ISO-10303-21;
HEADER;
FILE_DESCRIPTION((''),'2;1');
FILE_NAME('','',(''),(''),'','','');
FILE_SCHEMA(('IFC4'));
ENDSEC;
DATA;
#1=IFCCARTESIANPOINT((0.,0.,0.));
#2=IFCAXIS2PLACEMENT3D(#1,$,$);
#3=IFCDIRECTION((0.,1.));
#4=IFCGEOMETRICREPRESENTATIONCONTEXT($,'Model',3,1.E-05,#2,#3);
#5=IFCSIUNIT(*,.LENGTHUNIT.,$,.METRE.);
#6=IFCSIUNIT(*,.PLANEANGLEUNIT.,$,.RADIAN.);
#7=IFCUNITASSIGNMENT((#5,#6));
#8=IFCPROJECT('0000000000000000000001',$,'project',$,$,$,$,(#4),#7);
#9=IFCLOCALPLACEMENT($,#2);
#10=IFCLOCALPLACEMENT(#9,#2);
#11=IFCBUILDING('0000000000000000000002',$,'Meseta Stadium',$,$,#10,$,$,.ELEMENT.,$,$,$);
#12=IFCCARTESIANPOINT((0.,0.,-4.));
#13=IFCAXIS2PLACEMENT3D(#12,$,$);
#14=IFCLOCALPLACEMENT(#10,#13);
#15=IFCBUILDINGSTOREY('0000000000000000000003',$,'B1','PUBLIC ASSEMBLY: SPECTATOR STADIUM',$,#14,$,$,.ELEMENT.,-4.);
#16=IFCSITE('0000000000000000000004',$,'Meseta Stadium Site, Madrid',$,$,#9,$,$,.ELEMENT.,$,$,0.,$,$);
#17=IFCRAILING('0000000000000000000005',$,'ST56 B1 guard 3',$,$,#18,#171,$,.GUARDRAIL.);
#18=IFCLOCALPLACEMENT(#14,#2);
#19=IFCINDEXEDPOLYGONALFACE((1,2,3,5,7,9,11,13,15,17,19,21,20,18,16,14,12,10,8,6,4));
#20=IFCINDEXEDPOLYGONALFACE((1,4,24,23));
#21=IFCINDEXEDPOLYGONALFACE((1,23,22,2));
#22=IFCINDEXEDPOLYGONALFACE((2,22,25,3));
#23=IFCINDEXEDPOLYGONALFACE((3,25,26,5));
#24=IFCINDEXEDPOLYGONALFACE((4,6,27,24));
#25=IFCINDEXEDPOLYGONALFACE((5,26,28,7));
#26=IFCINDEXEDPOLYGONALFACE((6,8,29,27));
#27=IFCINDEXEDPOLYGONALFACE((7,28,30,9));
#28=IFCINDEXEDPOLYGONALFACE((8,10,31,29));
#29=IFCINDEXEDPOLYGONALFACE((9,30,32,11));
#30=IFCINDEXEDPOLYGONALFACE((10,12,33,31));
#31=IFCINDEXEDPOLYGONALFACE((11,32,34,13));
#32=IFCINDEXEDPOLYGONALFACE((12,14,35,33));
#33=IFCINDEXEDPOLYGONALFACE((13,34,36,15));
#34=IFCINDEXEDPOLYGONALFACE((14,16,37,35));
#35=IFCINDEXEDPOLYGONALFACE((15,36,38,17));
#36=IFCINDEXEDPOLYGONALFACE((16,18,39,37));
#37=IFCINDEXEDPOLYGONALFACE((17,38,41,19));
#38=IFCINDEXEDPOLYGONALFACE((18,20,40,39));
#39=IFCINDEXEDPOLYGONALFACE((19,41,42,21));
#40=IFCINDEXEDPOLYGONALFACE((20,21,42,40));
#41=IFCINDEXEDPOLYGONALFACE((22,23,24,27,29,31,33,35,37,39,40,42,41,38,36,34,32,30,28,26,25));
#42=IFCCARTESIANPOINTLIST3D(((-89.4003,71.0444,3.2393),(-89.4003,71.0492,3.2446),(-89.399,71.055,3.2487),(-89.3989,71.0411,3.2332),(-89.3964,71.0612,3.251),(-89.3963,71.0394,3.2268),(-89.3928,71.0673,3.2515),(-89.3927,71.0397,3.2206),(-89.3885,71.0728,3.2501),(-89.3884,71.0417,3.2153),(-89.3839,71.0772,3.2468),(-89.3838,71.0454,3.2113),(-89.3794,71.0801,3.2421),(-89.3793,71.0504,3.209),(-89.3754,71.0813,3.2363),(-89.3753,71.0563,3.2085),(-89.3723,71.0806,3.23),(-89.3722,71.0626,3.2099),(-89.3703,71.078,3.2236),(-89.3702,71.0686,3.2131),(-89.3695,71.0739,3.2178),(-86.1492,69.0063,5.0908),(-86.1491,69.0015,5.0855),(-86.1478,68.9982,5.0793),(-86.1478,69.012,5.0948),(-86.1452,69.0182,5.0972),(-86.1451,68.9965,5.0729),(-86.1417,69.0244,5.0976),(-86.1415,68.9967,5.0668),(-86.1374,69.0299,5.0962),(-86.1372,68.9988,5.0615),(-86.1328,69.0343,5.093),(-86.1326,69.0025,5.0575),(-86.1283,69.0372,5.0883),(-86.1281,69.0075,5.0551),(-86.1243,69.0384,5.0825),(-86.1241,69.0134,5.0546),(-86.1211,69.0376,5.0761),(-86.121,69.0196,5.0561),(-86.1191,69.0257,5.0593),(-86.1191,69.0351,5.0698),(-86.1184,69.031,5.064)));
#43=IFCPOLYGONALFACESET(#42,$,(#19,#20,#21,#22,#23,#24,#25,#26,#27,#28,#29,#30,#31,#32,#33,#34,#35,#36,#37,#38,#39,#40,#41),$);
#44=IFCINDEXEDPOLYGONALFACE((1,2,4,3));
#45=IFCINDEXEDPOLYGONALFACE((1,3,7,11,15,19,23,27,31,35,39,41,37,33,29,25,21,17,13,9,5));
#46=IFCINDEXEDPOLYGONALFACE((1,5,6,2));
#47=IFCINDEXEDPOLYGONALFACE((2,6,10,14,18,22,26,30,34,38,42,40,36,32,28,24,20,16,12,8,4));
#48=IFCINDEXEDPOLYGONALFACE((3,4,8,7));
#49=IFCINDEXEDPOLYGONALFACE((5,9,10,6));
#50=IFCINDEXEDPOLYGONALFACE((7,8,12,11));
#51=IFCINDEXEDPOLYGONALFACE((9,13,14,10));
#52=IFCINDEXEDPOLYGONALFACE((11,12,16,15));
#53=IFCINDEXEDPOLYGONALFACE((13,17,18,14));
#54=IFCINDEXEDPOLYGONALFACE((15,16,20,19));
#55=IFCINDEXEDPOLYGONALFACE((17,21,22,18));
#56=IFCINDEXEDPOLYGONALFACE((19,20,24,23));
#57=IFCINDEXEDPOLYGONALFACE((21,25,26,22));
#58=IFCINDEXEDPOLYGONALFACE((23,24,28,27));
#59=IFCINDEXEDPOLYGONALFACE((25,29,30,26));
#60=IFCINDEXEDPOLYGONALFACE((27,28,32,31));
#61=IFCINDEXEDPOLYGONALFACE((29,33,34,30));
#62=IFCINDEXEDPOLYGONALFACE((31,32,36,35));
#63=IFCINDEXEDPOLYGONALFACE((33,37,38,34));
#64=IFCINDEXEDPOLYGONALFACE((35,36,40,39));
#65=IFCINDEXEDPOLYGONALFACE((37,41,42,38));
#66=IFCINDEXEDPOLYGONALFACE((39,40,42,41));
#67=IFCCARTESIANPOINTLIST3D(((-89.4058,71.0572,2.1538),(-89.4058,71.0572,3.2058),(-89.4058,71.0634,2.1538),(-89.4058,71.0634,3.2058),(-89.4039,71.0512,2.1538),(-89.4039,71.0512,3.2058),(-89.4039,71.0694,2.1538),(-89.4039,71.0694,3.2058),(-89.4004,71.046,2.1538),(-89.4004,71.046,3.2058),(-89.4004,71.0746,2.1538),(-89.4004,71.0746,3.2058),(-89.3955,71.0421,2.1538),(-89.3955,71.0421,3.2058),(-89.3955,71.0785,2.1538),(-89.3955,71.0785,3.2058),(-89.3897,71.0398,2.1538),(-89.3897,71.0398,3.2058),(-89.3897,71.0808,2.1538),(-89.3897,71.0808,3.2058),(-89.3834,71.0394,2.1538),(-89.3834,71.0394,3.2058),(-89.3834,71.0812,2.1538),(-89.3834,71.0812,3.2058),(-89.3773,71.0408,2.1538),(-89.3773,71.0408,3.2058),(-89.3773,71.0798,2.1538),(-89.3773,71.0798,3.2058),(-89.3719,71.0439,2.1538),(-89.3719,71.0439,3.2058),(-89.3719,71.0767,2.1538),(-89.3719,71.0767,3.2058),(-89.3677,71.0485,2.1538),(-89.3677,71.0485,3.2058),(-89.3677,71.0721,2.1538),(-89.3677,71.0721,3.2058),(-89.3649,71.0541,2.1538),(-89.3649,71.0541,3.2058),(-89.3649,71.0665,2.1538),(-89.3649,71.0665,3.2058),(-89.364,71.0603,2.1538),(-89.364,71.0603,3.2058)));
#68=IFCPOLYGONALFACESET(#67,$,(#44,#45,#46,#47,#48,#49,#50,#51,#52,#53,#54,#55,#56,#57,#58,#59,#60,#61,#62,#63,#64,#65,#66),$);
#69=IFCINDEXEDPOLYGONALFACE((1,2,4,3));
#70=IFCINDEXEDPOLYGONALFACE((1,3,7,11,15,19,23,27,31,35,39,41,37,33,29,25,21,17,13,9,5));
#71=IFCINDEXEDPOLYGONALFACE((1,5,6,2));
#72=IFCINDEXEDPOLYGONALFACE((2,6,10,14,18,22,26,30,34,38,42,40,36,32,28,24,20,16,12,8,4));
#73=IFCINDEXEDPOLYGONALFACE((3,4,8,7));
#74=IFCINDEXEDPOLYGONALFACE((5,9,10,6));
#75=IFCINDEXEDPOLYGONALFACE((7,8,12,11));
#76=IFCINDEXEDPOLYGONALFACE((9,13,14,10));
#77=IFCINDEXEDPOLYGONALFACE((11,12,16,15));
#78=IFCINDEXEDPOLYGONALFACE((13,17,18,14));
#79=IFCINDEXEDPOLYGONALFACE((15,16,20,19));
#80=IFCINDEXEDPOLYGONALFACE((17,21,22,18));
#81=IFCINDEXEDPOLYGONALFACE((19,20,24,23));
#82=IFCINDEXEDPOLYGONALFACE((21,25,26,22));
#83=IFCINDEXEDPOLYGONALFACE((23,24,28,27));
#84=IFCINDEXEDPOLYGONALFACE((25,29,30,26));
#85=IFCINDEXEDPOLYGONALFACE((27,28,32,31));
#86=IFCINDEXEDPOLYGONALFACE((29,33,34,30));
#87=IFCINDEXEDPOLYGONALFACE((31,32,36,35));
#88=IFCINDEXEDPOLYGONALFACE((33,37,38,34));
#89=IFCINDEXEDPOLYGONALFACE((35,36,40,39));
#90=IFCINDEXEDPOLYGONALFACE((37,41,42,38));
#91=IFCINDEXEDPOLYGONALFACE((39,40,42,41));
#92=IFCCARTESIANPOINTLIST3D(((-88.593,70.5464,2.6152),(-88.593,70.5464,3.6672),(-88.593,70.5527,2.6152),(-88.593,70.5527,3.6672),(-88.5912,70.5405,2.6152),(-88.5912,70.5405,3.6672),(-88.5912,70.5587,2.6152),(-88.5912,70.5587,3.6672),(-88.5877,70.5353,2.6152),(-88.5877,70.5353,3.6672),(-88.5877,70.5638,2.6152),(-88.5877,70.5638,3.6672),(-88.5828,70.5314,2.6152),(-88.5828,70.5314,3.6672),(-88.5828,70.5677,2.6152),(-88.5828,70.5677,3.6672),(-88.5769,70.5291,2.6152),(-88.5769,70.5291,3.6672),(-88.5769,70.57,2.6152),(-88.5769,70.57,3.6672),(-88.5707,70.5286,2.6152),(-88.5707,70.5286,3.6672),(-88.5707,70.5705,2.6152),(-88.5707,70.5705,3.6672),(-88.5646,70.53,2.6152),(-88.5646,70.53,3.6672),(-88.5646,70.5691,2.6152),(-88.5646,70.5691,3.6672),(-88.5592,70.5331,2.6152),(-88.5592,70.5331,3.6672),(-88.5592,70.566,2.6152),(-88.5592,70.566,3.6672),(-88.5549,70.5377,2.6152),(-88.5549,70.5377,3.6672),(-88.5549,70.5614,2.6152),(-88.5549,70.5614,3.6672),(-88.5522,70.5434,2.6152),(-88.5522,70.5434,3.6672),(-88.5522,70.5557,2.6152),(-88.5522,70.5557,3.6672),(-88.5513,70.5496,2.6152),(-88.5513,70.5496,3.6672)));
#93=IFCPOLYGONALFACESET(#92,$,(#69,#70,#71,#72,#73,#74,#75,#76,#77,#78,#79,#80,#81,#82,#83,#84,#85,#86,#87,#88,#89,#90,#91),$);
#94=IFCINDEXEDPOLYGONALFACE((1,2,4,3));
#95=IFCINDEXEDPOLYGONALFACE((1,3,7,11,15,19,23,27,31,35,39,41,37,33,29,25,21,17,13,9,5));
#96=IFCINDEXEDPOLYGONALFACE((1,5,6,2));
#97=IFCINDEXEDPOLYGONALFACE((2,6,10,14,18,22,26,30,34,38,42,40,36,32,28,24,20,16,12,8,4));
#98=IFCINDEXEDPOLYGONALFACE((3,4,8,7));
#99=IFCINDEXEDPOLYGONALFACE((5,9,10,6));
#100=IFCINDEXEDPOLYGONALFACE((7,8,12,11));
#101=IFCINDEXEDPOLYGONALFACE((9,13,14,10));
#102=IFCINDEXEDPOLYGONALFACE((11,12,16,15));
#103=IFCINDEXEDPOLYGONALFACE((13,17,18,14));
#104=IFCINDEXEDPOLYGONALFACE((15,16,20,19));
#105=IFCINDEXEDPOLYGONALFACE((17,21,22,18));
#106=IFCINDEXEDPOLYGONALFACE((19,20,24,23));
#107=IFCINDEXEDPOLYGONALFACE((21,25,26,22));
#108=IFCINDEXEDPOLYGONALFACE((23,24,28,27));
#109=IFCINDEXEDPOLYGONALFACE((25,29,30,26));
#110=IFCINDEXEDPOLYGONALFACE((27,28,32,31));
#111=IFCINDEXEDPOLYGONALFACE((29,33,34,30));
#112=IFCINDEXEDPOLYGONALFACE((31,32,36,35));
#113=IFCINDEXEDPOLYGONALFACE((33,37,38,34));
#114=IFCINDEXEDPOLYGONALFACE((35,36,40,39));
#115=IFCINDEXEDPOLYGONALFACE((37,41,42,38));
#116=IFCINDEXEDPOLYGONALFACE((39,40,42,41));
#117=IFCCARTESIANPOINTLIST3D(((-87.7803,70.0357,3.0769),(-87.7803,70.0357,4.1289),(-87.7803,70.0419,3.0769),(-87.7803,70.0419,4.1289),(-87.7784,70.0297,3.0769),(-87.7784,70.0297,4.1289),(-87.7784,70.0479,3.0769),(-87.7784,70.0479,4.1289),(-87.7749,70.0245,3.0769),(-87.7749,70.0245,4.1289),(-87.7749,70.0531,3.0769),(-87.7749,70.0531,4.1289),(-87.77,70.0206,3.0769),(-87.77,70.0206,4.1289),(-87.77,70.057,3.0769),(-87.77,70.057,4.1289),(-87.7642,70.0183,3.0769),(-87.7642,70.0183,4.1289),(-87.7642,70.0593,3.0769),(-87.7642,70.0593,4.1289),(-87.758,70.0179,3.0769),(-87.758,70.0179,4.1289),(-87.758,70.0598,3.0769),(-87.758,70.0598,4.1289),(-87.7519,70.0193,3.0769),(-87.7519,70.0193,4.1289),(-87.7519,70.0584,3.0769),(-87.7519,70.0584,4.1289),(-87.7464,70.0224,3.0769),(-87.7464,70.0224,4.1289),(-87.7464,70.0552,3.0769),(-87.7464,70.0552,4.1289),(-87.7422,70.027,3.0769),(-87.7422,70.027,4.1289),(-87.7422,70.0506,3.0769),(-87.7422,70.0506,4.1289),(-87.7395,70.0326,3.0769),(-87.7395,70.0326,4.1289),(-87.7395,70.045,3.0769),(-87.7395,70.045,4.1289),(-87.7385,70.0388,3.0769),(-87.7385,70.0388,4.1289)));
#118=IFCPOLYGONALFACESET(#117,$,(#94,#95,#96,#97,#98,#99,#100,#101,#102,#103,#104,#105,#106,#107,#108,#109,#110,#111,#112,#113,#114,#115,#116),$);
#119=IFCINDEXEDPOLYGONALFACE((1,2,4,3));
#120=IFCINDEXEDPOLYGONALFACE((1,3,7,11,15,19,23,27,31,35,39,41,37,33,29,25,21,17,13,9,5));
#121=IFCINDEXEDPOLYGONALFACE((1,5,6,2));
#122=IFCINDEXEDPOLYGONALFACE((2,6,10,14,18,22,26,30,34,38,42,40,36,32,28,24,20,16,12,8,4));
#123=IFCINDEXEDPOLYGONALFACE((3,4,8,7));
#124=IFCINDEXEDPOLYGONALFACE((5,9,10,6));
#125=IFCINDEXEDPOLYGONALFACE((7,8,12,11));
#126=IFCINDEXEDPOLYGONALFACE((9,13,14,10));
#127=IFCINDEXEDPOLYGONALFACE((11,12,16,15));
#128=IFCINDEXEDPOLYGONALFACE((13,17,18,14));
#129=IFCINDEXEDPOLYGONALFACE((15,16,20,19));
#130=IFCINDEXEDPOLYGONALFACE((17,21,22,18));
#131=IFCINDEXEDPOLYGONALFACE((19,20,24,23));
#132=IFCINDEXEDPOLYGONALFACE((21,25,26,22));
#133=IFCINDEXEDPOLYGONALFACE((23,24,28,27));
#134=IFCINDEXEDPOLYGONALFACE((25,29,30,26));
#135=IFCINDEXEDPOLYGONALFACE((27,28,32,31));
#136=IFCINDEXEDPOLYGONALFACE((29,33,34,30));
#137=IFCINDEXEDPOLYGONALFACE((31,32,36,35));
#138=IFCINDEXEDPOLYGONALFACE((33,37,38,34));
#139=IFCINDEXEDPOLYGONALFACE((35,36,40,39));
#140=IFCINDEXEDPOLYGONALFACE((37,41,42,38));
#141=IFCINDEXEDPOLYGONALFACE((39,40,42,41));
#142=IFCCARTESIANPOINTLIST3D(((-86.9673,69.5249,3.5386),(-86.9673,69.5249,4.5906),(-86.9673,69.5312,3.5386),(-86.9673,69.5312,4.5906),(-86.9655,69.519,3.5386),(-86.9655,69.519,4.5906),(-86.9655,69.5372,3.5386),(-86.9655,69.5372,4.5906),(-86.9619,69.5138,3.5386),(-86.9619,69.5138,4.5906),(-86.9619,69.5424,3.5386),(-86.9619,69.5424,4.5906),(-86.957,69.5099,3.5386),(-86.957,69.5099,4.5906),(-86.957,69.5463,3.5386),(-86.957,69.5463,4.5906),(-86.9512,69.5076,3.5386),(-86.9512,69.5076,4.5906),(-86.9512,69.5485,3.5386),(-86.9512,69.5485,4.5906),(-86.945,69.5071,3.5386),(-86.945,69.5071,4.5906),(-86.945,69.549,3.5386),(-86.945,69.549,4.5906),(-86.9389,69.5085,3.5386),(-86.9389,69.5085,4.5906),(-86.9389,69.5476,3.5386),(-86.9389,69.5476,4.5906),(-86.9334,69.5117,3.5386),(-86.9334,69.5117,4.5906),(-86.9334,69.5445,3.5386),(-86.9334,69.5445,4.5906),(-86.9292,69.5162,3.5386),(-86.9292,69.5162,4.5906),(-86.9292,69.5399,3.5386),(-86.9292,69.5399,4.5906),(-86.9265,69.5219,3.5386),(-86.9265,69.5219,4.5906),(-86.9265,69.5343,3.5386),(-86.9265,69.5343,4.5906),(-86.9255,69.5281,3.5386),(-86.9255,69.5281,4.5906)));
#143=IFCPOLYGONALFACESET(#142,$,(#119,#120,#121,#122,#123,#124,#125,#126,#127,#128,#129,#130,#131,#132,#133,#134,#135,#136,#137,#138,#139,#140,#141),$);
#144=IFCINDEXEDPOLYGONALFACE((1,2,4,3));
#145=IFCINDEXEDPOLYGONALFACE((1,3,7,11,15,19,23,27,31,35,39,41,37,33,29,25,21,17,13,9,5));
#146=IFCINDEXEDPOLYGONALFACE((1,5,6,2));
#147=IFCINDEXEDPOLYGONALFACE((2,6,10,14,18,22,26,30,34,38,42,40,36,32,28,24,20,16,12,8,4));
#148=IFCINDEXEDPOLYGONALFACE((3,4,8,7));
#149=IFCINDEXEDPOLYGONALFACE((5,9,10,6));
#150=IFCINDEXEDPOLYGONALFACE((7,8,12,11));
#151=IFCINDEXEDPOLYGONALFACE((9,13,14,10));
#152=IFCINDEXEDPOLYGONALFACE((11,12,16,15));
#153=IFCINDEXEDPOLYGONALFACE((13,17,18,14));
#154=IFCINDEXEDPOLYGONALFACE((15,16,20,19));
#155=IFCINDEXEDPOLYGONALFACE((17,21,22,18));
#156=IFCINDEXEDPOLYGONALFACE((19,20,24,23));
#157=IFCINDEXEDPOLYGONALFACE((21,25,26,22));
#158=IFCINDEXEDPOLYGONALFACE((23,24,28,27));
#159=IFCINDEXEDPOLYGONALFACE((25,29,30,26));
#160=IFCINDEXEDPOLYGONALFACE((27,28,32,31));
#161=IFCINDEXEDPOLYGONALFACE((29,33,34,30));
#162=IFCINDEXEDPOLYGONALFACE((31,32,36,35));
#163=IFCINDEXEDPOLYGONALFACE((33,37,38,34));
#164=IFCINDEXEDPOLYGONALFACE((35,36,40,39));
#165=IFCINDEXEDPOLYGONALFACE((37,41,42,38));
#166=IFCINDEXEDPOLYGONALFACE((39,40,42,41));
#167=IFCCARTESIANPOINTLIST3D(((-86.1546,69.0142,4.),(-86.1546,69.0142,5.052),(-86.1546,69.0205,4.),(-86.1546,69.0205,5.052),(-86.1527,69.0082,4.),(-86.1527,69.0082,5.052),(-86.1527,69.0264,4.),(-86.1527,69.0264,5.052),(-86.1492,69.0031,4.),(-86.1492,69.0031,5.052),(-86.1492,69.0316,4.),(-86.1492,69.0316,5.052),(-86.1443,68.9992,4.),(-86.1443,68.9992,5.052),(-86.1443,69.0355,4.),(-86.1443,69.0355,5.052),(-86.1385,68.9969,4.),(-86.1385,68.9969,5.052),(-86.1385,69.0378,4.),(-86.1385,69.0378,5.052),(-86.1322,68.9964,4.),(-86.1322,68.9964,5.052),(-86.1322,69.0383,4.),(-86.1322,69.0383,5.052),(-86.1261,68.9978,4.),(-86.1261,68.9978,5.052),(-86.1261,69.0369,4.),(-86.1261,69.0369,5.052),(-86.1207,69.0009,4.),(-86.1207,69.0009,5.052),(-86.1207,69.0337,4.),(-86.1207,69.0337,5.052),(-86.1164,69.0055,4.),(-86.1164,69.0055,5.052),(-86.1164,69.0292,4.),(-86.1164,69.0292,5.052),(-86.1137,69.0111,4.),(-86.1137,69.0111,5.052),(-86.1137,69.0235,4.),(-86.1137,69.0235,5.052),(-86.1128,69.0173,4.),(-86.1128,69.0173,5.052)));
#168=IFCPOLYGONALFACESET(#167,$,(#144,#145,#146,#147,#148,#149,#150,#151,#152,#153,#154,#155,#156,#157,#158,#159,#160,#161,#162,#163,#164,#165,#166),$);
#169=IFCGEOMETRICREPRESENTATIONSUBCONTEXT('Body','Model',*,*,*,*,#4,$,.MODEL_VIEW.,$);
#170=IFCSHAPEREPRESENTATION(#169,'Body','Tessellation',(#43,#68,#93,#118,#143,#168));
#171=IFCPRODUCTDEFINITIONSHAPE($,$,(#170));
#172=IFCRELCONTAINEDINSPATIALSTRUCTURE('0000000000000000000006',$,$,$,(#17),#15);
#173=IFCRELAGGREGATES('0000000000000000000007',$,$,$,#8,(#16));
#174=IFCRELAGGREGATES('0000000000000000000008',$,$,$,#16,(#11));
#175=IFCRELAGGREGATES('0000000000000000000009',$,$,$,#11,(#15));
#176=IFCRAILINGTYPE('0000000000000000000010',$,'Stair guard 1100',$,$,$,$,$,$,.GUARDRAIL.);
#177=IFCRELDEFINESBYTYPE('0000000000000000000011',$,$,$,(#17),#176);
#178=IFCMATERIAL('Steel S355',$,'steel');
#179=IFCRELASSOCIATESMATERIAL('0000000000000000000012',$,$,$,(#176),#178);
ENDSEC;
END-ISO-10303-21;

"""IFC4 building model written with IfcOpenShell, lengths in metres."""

from ifc_helpers import new_model, si_unit, direction, frame, origin, origin_2d, place, context, subcontext, project, spatial, circle, extrude, material, type_object, element, save


model = new_model("IFC4")

# Units and contexts
model_context = context("Model", 3, precision=1e-05, world=origin(), true_north=direction((0.0, 1.0)))
body_context = subcontext(model_context, "Body", "Model", "MODEL_VIEW")
ifc_project = project(units=[si_unit("LENGTHUNIT", "METRE"), si_unit("PLANEANGLEUNIT", "RADIAN")], contexts=[model_context])

# Site, building, storey
site_placement = place(None, origin())
site = spatial("IfcSite", under=ifc_project, at=site_placement, Name="Meseta Stadium Site, Madrid", CompositionType="ELEMENT", RefElevation=0.0)
building_placement = place(site_placement, origin())
building = spatial("IfcBuilding", under=site, at=building_placement, Name="Meseta Stadium", CompositionType="ELEMENT")
storey_placement = place(building_placement, frame((0.0, 0.0, -4.0)))
storey = spatial("IfcBuildingStorey", under=building, at=storey_placement, Name="B1", Description="PUBLIC ASSEMBLY: SPECTATOR STADIUM", CompositionType="ELEMENT", Elevation=-4.0)

# Railing
ifc_material_1 = material(Name="Steel S355", Category="steel")
railing_type_1 = type_object("IfcRailingType", Name="Stair guard 1100", PredefinedType="GUARDRAIL", material=ifc_material_1)
railing_1_placement = place(storey_placement, frame((-89.385, 71.0603, 2.1538)))
element("IfcRailing", 1, at=railing_1_placement, inside=storey, type_object=railing_type_1, Name="ST56 B1 guard 3", PredefinedType="GUARDRAIL", context=body_context, shape_type="SweptSolid", body=[
    extrude(circle(Radius=0.0239, at=origin_2d()), frame((0.0, 0.0, 1.0762), z_axis=(0.763093, -0.479504, 0.433319), x_axis=(0.532049, 0.846713, 0.0)), (0.0, 0.0, 1.0), 4.2605),
    extrude(circle(Radius=0.021, at=origin_2d()), origin(), (0.0, 0.0, 1.0), 1.052),
    extrude(circle(Radius=0.021, at=origin_2d()), frame((0.8127, -0.5107, 0.4614)), (0.0, 0.0, 1.0), 1.052),
    extrude(circle(Radius=0.021, at=origin_2d()), frame((1.6255, -1.0215, 0.9231)), (0.0, 0.0, 1.0), 1.052),
    extrude(circle(Radius=0.021, at=origin_2d()), frame((2.4385, -1.5322, 1.3848)), (0.0, 0.0, 1.0), 1.052),
    extrude(circle(Radius=0.021, at=origin_2d()), frame((3.2512, -2.043, 1.8462)), (0.0, 0.0, 1.0), 1.052),
])

save(model, "model.ifc")
